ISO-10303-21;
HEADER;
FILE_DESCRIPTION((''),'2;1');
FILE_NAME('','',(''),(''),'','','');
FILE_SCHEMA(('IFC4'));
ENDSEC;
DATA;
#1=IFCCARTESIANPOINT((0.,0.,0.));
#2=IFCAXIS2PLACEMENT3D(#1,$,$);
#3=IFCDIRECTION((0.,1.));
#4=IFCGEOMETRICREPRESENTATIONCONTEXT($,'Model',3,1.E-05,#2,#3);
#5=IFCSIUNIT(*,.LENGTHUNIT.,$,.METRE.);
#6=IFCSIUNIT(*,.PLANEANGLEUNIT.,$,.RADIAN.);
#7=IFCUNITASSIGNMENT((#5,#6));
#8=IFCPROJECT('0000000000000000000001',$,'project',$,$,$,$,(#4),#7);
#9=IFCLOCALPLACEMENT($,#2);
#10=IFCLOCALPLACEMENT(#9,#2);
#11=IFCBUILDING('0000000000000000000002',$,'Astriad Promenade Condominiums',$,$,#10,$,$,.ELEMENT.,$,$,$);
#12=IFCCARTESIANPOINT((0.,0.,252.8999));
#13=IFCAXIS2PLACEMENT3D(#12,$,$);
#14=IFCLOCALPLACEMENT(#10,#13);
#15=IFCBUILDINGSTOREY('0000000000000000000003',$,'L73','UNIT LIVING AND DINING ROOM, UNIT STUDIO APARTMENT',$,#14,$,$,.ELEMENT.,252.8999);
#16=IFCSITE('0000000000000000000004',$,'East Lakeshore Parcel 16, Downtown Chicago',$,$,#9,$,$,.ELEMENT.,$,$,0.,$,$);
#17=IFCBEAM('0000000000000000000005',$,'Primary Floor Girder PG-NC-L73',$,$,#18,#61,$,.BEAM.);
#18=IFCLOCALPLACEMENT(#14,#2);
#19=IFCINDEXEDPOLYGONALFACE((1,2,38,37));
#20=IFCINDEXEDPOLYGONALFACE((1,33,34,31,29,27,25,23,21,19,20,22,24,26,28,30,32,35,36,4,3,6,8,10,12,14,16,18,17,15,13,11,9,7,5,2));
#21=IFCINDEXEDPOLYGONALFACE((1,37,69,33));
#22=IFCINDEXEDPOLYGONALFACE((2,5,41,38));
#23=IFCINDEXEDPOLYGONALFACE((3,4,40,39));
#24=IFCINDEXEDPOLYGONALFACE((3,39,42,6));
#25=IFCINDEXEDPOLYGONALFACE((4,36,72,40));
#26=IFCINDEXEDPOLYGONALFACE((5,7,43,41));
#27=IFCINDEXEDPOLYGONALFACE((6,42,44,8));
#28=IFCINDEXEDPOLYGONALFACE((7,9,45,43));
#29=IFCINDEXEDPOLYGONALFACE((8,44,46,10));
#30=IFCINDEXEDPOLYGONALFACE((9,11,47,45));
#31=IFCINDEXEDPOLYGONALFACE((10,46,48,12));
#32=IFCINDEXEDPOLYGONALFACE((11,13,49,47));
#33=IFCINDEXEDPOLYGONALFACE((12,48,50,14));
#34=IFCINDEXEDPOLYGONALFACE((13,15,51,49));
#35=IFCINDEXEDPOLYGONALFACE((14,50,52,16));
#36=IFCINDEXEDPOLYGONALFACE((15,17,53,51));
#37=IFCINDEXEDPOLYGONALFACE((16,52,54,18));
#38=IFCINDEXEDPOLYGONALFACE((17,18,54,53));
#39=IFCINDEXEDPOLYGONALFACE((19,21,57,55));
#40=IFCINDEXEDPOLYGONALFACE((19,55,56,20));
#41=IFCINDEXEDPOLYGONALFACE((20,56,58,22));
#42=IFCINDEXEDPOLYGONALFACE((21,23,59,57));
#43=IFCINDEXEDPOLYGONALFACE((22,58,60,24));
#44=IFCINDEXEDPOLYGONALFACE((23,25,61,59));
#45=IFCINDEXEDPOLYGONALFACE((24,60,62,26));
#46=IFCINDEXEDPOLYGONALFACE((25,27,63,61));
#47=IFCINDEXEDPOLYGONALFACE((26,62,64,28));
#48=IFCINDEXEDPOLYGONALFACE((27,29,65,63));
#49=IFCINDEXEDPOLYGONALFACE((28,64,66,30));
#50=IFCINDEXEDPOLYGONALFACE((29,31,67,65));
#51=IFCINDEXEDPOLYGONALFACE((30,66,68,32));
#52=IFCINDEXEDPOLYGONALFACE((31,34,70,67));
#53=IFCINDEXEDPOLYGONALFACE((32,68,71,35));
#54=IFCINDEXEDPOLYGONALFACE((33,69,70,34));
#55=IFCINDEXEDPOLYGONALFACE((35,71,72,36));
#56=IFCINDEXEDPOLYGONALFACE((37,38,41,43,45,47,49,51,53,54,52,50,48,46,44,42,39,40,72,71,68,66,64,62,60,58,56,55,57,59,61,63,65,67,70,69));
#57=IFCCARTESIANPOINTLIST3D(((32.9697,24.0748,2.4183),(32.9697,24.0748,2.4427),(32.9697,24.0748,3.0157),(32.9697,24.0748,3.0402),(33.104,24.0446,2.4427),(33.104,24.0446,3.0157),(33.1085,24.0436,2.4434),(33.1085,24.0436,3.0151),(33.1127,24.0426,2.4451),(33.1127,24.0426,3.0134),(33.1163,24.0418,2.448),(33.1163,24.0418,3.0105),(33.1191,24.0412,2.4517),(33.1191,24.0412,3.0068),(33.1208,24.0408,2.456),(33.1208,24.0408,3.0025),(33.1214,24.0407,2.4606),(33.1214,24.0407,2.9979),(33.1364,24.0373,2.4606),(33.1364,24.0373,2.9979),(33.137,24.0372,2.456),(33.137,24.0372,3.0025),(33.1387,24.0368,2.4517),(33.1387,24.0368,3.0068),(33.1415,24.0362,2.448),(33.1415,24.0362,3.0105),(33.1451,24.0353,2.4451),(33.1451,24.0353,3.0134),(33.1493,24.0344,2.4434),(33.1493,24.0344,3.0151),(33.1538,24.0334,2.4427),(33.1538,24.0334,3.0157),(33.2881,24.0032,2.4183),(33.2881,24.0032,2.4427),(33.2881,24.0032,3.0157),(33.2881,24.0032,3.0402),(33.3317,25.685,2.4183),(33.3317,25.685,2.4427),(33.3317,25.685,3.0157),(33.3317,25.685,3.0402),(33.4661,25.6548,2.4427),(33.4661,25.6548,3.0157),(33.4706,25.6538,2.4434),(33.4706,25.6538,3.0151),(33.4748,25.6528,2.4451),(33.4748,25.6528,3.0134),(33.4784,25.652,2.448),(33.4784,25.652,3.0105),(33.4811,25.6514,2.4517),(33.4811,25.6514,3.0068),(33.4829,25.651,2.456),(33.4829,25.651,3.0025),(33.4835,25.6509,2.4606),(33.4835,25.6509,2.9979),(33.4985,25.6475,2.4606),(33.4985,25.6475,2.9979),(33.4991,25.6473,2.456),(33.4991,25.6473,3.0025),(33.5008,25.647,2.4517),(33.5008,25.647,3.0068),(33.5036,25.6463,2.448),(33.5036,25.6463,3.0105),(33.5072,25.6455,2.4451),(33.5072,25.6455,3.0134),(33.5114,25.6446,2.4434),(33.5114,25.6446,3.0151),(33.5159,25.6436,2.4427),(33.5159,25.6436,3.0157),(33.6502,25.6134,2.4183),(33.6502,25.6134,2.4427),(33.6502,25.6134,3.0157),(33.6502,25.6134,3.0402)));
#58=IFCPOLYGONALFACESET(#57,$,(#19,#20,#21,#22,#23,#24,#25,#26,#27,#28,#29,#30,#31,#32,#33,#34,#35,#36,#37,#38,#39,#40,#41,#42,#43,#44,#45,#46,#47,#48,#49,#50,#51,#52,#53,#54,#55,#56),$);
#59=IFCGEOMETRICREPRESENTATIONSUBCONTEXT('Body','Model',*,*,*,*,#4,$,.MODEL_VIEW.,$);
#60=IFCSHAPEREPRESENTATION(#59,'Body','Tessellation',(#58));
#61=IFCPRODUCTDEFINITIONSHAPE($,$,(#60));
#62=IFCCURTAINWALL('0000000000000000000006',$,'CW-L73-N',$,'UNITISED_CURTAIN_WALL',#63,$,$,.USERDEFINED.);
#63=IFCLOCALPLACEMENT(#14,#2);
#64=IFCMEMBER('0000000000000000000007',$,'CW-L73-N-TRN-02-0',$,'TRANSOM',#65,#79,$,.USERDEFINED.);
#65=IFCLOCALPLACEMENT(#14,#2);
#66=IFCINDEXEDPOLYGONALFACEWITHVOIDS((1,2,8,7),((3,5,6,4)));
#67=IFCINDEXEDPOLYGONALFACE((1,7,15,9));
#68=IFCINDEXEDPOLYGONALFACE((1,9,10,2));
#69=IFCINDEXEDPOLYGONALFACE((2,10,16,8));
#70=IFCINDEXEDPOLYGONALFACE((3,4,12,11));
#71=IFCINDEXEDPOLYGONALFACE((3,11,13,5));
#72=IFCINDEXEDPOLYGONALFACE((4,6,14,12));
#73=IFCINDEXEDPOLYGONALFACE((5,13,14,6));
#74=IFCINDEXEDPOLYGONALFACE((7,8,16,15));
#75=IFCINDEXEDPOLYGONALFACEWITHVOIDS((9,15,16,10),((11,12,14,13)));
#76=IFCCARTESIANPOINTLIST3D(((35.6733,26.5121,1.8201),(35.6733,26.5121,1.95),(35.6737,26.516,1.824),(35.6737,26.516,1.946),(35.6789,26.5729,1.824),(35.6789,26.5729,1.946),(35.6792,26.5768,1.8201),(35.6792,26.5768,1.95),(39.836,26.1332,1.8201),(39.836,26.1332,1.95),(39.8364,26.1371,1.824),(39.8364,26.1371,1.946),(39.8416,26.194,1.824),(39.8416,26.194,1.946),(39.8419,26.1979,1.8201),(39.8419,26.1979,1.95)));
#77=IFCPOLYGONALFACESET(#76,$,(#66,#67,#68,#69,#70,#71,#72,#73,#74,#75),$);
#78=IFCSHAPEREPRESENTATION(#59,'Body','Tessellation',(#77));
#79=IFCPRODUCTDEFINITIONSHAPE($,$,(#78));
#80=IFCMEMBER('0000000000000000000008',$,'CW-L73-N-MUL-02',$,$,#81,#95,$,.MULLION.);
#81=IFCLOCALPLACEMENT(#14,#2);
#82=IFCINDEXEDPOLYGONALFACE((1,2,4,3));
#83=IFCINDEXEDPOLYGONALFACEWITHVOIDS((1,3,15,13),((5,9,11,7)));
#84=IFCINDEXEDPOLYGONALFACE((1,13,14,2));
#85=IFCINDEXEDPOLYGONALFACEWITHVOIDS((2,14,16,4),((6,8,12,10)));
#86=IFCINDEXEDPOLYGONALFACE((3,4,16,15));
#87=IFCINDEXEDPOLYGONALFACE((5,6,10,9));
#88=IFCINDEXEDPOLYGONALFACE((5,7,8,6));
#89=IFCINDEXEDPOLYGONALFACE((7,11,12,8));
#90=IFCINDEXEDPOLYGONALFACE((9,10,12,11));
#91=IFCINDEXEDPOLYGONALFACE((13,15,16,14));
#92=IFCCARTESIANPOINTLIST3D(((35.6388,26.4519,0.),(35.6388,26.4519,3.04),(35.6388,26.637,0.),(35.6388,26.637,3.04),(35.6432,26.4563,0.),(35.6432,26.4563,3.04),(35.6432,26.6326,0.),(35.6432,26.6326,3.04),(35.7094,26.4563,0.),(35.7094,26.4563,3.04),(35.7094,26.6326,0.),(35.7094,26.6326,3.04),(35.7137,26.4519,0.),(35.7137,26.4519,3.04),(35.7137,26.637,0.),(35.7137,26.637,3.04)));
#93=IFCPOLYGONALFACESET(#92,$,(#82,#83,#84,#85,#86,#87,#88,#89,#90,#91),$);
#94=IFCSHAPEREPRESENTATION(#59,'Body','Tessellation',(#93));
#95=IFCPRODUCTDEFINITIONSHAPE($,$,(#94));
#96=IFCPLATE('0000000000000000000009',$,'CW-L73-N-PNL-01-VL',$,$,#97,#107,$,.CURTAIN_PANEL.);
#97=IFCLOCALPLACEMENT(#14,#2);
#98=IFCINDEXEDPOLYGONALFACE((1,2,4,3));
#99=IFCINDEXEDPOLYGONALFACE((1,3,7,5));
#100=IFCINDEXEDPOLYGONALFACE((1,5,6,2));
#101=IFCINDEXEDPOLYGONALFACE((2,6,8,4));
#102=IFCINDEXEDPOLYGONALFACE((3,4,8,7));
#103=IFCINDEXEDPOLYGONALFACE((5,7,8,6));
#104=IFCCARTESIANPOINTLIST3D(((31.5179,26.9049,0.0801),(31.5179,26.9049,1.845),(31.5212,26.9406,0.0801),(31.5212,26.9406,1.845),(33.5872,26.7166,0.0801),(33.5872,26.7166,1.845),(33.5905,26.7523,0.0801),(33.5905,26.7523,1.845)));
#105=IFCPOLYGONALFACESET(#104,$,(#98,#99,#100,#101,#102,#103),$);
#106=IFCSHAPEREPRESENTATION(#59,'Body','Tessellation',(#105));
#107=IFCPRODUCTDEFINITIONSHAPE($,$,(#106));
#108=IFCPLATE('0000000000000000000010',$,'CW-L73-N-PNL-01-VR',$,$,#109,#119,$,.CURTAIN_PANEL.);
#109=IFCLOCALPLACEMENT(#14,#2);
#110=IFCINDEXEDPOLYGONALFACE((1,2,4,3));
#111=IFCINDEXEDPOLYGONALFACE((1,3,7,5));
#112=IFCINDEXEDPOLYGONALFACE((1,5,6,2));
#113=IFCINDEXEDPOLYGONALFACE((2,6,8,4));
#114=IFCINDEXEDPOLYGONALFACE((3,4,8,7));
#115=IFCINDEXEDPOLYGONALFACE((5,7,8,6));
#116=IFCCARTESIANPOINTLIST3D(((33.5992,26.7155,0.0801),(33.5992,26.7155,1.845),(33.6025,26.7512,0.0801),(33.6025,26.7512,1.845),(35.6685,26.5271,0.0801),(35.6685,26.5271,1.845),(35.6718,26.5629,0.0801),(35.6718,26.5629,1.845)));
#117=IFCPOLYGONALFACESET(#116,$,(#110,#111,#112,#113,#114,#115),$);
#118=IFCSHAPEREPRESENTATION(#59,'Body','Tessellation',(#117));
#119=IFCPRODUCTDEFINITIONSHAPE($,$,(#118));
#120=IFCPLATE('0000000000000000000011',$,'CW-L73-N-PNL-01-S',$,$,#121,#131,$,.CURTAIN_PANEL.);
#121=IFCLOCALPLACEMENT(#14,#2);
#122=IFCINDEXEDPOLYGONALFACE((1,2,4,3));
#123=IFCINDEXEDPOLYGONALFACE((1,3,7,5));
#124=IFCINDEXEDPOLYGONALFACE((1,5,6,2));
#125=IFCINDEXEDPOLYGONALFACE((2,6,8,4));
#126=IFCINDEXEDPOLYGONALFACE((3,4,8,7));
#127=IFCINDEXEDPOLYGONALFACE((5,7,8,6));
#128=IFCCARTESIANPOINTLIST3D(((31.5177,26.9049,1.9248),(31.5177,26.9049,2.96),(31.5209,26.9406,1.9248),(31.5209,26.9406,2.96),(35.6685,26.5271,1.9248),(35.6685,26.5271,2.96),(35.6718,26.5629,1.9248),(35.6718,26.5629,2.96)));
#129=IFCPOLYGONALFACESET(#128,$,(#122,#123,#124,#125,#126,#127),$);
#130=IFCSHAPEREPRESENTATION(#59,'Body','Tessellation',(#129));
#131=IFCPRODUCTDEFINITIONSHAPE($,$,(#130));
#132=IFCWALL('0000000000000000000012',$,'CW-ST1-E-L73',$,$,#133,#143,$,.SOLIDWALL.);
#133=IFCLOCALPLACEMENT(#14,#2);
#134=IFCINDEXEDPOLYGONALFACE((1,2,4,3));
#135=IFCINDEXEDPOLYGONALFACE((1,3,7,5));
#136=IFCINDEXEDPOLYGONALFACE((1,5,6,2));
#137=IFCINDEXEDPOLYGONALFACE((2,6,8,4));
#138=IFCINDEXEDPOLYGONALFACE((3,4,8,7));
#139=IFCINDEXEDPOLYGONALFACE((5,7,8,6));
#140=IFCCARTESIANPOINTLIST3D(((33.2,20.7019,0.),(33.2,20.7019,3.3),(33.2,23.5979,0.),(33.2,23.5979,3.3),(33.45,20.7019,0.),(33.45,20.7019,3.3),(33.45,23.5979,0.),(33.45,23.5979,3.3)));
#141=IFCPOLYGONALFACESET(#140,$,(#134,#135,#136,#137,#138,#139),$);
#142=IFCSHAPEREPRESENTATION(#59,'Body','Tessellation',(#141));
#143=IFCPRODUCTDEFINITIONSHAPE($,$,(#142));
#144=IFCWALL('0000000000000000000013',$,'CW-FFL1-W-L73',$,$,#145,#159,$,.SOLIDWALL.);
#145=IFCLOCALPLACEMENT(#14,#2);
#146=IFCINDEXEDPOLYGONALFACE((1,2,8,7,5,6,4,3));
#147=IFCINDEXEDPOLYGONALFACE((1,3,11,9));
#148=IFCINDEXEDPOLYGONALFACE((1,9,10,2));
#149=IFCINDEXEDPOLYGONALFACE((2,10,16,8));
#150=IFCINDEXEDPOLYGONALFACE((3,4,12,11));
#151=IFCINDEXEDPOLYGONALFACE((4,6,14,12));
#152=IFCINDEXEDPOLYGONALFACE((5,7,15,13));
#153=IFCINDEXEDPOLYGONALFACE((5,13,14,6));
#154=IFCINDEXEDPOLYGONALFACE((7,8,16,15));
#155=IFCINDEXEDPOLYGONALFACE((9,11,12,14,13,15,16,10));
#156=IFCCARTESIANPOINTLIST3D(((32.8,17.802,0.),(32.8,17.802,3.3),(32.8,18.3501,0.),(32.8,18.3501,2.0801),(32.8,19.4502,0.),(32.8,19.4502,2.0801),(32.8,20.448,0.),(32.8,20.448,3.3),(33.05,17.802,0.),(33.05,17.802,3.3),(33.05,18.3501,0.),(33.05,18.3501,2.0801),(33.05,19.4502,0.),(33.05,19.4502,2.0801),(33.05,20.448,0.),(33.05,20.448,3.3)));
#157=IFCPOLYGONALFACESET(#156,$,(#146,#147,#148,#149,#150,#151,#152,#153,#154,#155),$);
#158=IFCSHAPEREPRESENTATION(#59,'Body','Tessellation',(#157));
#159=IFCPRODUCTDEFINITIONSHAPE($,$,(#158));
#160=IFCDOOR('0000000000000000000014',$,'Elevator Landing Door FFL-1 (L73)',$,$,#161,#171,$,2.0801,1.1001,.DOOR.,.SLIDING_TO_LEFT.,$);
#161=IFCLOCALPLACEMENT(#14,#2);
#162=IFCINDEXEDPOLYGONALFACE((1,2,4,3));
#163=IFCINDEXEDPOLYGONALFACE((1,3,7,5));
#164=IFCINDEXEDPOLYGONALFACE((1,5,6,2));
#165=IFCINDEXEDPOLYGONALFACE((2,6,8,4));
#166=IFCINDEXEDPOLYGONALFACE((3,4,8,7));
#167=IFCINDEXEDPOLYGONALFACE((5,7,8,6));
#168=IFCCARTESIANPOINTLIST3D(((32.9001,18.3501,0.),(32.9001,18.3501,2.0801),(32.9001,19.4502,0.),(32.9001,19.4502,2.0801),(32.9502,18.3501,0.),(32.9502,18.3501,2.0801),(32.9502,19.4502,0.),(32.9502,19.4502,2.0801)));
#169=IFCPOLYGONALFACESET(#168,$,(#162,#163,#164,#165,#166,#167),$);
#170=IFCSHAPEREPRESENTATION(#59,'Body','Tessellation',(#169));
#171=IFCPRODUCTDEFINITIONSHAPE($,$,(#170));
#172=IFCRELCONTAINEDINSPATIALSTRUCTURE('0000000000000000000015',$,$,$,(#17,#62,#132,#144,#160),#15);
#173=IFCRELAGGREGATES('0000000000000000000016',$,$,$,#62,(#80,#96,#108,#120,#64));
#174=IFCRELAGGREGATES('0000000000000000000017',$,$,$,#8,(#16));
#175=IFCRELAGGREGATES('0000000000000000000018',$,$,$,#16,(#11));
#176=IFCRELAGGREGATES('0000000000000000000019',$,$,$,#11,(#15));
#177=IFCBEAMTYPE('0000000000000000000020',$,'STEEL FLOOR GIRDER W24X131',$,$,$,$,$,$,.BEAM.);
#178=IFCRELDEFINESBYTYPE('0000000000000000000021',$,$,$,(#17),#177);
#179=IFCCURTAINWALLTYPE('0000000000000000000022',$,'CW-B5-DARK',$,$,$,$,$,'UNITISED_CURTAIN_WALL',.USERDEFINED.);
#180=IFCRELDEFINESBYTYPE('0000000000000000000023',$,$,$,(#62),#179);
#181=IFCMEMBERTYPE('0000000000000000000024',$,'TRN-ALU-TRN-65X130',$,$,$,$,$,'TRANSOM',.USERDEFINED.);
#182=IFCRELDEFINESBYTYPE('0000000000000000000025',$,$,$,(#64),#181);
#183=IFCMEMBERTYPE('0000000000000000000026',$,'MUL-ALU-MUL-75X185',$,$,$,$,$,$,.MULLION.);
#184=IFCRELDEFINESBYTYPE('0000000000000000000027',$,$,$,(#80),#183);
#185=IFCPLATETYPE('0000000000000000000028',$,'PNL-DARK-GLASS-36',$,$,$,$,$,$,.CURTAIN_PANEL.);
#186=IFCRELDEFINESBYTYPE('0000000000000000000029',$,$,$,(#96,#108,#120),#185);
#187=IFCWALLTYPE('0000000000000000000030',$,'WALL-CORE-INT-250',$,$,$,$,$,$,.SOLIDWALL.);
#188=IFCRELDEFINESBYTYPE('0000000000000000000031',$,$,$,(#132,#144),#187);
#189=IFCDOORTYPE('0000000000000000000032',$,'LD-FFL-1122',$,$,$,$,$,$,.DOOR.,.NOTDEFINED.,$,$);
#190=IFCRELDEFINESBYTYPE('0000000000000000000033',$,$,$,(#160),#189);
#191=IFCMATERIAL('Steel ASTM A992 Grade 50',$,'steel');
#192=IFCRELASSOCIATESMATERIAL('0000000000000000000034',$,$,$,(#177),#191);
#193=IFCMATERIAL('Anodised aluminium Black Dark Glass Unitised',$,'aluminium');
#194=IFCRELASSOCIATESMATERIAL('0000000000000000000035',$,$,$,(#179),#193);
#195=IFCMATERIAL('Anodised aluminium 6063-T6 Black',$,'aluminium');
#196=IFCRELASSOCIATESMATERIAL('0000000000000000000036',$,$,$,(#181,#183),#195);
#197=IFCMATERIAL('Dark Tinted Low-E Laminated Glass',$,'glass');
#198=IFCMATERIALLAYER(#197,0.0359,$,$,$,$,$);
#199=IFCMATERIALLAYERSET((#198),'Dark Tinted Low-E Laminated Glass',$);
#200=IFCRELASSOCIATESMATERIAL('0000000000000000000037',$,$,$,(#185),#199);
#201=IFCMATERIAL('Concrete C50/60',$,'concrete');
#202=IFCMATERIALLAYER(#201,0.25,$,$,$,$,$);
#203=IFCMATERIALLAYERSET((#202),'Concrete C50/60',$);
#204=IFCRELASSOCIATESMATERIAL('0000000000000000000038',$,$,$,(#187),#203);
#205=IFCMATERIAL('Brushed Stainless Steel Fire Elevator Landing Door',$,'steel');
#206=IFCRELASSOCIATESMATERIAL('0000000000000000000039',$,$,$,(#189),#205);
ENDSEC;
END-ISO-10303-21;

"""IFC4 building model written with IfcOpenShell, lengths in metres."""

from ifc_helpers import new_model, si_unit, direction, frame, frame_2d, origin, origin_2d, place, context, subcontext, project, spatial, rectangle, hollow_rectangle, i_section, extrude, source, transform, mapped, material, layer, layer_set, material_profile, profile_set, type_object, type_shapes, element, fill, aggregate, save


model = new_model("IFC4")

# Units and contexts
model_context = context("Model", 3, precision=1e-05, world=origin(), true_north=direction((0.0, 1.0)))
body_context = subcontext(model_context, "Body", "Model", "MODEL_VIEW")
ifc_project = project(units=[si_unit("LENGTHUNIT", "METRE"), si_unit("PLANEANGLEUNIT", "RADIAN")], contexts=[model_context])

# Site, building, storey
site_placement = place(None, origin())
site = spatial("IfcSite", under=ifc_project, at=site_placement, Name="East Lakeshore Parcel 16, Downtown Chicago", CompositionType="ELEMENT", RefElevation=0.0)
building_placement = place(site_placement, origin())
building = spatial("IfcBuilding", under=site, at=building_placement, Name="Astriad Promenade Condominiums", CompositionType="ELEMENT")
storey_placement = place(building_placement, frame((0.0, 0.0, 252.8999)))
storey = spatial("IfcBuildingStorey", under=building, at=storey_placement, Name="L73", Description="UNIT LIVING AND DINING ROOM, UNIT STUDIO APARTMENT", CompositionType="ELEMENT", Elevation=252.8999)

# Shared definitions
ifc_material_1 = material(Name="Steel ASTM A992 Grade 50", Category="steel")
ifc_material_2 = material(Name="Concrete C50/60", Category="concrete")

# Beam
ifc_material_profile_1 = material_profile(ifc_material_1, i_section(OverallWidth=0.3264, OverallDepth=0.6218, WebThickness=0.0154, FlangeThickness=0.0244, FilletRadius=0.0178, at=origin_2d()), Name="W24X131")
ifc_profile_set_1 = profile_set([ifc_material_profile_1], Name="Steel ASTM A992 Grade 50")
beam_type_1 = type_object("IfcBeamType", Name="STEEL FLOOR GIRDER W24X131", PredefinedType="BEAM", material=ifc_profile_set_1)
shared_shape_1 = source(origin(), body_context, "Body", "SweptSolid", [
    extrude(i_section(OverallWidth=0.3264, OverallDepth=0.6218, WebThickness=0.0154, FlangeThickness=0.0244, FilletRadius=0.0178, at=origin_2d()), origin(), (0.0, 0.0, 1.0), 1.6504),
])
type_shapes(beam_type_1, [shared_shape_1])
beam_1_placement = place(storey_placement, frame((33.491, 25.6492, 2.7292), z_axis=(-0.219389, -0.975637, 0.0), x_axis=(0.975637, -0.219389, 0.0)))
element("IfcBeam", 1, at=beam_1_placement, inside=storey, type_object=beam_type_1, Name="Primary Floor Girder PG-NC-L73", PredefinedType="BEAM", context=body_context, shape_type="MappedRepresentation", body=[
    mapped(shared_shape_1, transform((0.0, 0.0, 0.0), scale=1.0)),
])

# Curtain wall, members, plates
ifc_material_3 = material(Name="Anodised aluminium Black Dark Glass Unitised", Category="aluminium")
curtain_wall_type = type_object("IfcCurtainWallType", Name="CW-B5-DARK", ElementType="UNITISED_CURTAIN_WALL", PredefinedType="USERDEFINED", material=ifc_material_3)
curtain_wall_placement = place(storey_placement, origin())
curtain_wall = element("IfcCurtainWall", 2, at=curtain_wall_placement, inside=storey, type_object=curtain_wall_type, Name="CW-L73-N", ObjectType="UNITISED_CURTAIN_WALL", PredefinedType="USERDEFINED")
ifc_material_4 = material(Name="Anodised aluminium 6063-T6 Black", Category="aluminium")
ifc_material_profile_2 = material_profile(ifc_material_4, hollow_rectangle(XDim=0.0649, YDim=0.1299, WallThickness=0.0039, at=origin_2d()), Name="ALU-TRN-65X130")
ifc_profile_set_2 = profile_set([ifc_material_profile_2], Name="Anodised aluminium 6063-T6 Black")
member_type_1 = type_object("IfcMemberType", Name="TRN-ALU-TRN-65X130", ElementType="TRANSOM", PredefinedType="USERDEFINED", material=ifc_profile_set_2)
shared_shape_2 = source(origin(), body_context, "Body", "SweptSolid", [
    extrude(hollow_rectangle(XDim=0.0649, YDim=0.1299, WallThickness=0.0039, at=origin_2d()), origin(), (0.0, 0.0, 1.0), 4.1799),
])
type_shapes(member_type_1, [shared_shape_2])
member_1_placement = place(storey_placement, frame((35.6763, 26.5444, 1.885), z_axis=(0.995883, -0.090646, 0.0), x_axis=(0.090646, 0.995883, 0.0)))
member_1 = element("IfcMember", 3, at=member_1_placement, type_object=member_type_1, Name="CW-L73-N-TRN-02-0", ObjectType="TRANSOM", PredefinedType="USERDEFINED", context=body_context, shape_type="MappedRepresentation", body=[
    mapped(shared_shape_2, transform((0.0, 0.0, 0.0), scale=1.0)),
])
ifc_material_profile_3 = material_profile(ifc_material_4, hollow_rectangle(XDim=0.075, YDim=0.1851, WallThickness=0.0044, at=origin_2d()), Name="ALU-MUL-75X185")
ifc_profile_set_3 = profile_set([ifc_material_profile_3], Name="Anodised aluminium 6063-T6 Black")
member_type_2 = type_object("IfcMemberType", Name="MUL-ALU-MUL-75X185", PredefinedType="MULLION", material=ifc_profile_set_3)
shared_shape_3 = source(origin(), body_context, "Body", "SweptSolid", [
    extrude(hollow_rectangle(XDim=0.075, YDim=0.1851, WallThickness=0.0044, at=origin_2d()), origin(), (0.0, 0.0, 1.0), 3.04),
])
type_shapes(member_type_2, [shared_shape_3])
member_2_placement = place(storey_placement, frame((35.6763, 26.5444, 0.0), z_axis=(0.0, 0.0, 1.0), x_axis=(1.0, 0.0, 0.0)))
member_2 = element("IfcMember", 4, at=member_2_placement, type_object=member_type_2, Name="CW-L73-N-MUL-02", PredefinedType="MULLION", context=body_context, shape_type="MappedRepresentation", body=[
    mapped(shared_shape_3, transform((0.0, 0.0, 0.0), scale=1.0)),
])
ifc_material_5 = material(Name="Dark Tinted Low-E Laminated Glass", Category="glass")
ifc_layer_1 = layer(ifc_material_5, 0.0359)
ifc_layer_set_1 = layer_set([ifc_layer_1], Name="Dark Tinted Low-E Laminated Glass")
plate_type = type_object("IfcPlateType", Name="PNL-DARK-GLASS-36", PredefinedType="CURTAIN_PANEL", material=ifc_layer_set_1)
shared_shape_4 = source(origin(), body_context, "Body", "SweptSolid", [
    extrude(rectangle(XDim=2.0779, YDim=0.0359, at=origin_2d()), origin(), (0.0, 0.0, 1.0), 1.7649),
])
plate_1_placement = place(storey_placement, frame((32.5542, 26.8286, 0.0801), z_axis=(0.0, 0.0, 1.0), x_axis=(0.995884, -0.090633, 0.0)))
plate_1 = element("IfcPlate", 5, at=plate_1_placement, type_object=plate_type, Name="CW-L73-N-PNL-01-VL", PredefinedType="CURTAIN_PANEL", context=body_context, shape_type="MappedRepresentation", body=[
    mapped(shared_shape_4, transform((0.0, 0.0, 0.0), scale=1.0)),
])
plate_2_placement = place(storey_placement, frame((34.6355, 26.6392, 0.0801), z_axis=(0.0, 0.0, 1.0), x_axis=(0.995884, -0.090633, 0.0)))
plate_2 = element("IfcPlate", 6, at=plate_2_placement, type_object=plate_type, Name="CW-L73-N-PNL-01-VR", PredefinedType="CURTAIN_PANEL", context=body_context, shape_type="MappedRepresentation", body=[
    mapped(shared_shape_4, transform((0.0, 0.0, 0.0), scale=1.0)),
])
shared_shape_5 = source(origin(), body_context, "Body", "SweptSolid", [
    extrude(rectangle(XDim=4.168, YDim=0.0359, at=origin_2d()), origin(), (0.0, 0.0, 1.0), 1.0352),
])
type_shapes(plate_type, [shared_shape_4, shared_shape_5])
plate_3_placement = place(storey_placement, frame((33.5947, 26.7339, 1.9248), z_axis=(0.0, 0.0, 1.0), x_axis=(0.995884, -0.090633, 0.0)))
plate_3 = element("IfcPlate", 7, at=plate_3_placement, type_object=plate_type, Name="CW-L73-N-PNL-01-S", PredefinedType="CURTAIN_PANEL", context=body_context, shape_type="MappedRepresentation", body=[
    mapped(shared_shape_5, transform((0.0, 0.0, 0.0), scale=1.0)),
])
aggregate(curtain_wall, [member_2, plate_1, plate_2, plate_3, member_1])

# Wall
ifc_layer_2 = layer(ifc_material_2, 0.25)
ifc_layer_set_2 = layer_set([ifc_layer_2], Name="Concrete C50/60")
wall_type_1 = type_object("IfcWallType", Name="WALL-CORE-INT-250", PredefinedType="SOLIDWALL", material=ifc_layer_set_2)
wall_1_placement = place(storey_placement, frame((33.325, 20.7019, 0.0), z_axis=(0.0, 0.0, 1.0), x_axis=(0.0, 1.0, 0.0)))
element("IfcWall", 8, at=wall_1_placement, inside=storey, type_object=wall_type_1, Name="CW-ST1-E-L73", PredefinedType="SOLIDWALL", context=body_context, shape_type="SweptSolid", body=[
    extrude(rectangle(XDim=2.896, YDim=0.25, at=frame_2d((1.448, 0.0))), origin(), (0.0, 0.0, 1.0), 3.3),
])

# Wall, opening, door
wall_2_placement = place(storey_placement, frame((32.925, 17.802, 0.0), z_axis=(0.0, 0.0, 1.0), x_axis=(0.0, 1.0, 0.0)))
wall_2 = element("IfcWall", 9, at=wall_2_placement, inside=storey, type_object=wall_type_1, Name="CW-FFL1-W-L73", PredefinedType="SOLIDWALL", context=body_context, shape_type="SweptSolid", body=[
    extrude(rectangle(XDim=2.646, YDim=0.25, at=frame_2d((1.323, 0.0))), origin(), (0.0, 0.0, 1.0), 3.3),
])
opening_1_placement = place(wall_2_placement, frame((0.5481, 0.0, 0.0)))
opening_1 = element("IfcOpeningElement", 10, at=opening_1_placement, cuts=wall_2, PredefinedType="OPENING", context=body_context, shape_type="SweptSolid", body=[
    extrude(rectangle(XDim=1.1001, YDim=2.0801, at=frame_2d((0.55, 1.04))), frame((0.0, 0.135, 0.0), z_axis=(0.0, -1.0, 0.0), x_axis=(1.0, 0.0, 0.0)), (0.0, 0.0, 1.0), 0.27),
])
ifc_material_6 = material(Name="Brushed Stainless Steel Fire Elevator Landing Door", Category="steel")
door_type_1 = type_object("IfcDoorType", Name="LD-FFL-1122", OperationType="NOTDEFINED", PredefinedType="DOOR", material=ifc_material_6)
shared_shape_6 = source(origin(), body_context, "Body", "SweptSolid", [
    extrude(rectangle(XDim=1.1001, YDim=2.0801, at=frame_2d((0.55, 1.04))), frame((0.0, 0.0249, 0.0), z_axis=(0.0, -1.0, 0.0), x_axis=(1.0, 0.0, 0.0)), (0.0, 0.0, 1.0), 0.05),
])
type_shapes(door_type_1, [shared_shape_6])
door_1_placement = place(opening_1_placement, origin())
door_1 = element("IfcDoor", 11, at=door_1_placement, inside=storey, type_object=door_type_1, Name="Elevator Landing Door FFL-1 (L73)", OperationType="SLIDING_TO_LEFT", OverallHeight=2.0801, OverallWidth=1.1001, PredefinedType="DOOR", context=body_context, shape_type="MappedRepresentation", body=[
    mapped(shared_shape_6, transform((0.0, 0.0, 0.0), scale=1.0)),
])
fill(opening_1, door_1)

save(model, "model.ifc")
